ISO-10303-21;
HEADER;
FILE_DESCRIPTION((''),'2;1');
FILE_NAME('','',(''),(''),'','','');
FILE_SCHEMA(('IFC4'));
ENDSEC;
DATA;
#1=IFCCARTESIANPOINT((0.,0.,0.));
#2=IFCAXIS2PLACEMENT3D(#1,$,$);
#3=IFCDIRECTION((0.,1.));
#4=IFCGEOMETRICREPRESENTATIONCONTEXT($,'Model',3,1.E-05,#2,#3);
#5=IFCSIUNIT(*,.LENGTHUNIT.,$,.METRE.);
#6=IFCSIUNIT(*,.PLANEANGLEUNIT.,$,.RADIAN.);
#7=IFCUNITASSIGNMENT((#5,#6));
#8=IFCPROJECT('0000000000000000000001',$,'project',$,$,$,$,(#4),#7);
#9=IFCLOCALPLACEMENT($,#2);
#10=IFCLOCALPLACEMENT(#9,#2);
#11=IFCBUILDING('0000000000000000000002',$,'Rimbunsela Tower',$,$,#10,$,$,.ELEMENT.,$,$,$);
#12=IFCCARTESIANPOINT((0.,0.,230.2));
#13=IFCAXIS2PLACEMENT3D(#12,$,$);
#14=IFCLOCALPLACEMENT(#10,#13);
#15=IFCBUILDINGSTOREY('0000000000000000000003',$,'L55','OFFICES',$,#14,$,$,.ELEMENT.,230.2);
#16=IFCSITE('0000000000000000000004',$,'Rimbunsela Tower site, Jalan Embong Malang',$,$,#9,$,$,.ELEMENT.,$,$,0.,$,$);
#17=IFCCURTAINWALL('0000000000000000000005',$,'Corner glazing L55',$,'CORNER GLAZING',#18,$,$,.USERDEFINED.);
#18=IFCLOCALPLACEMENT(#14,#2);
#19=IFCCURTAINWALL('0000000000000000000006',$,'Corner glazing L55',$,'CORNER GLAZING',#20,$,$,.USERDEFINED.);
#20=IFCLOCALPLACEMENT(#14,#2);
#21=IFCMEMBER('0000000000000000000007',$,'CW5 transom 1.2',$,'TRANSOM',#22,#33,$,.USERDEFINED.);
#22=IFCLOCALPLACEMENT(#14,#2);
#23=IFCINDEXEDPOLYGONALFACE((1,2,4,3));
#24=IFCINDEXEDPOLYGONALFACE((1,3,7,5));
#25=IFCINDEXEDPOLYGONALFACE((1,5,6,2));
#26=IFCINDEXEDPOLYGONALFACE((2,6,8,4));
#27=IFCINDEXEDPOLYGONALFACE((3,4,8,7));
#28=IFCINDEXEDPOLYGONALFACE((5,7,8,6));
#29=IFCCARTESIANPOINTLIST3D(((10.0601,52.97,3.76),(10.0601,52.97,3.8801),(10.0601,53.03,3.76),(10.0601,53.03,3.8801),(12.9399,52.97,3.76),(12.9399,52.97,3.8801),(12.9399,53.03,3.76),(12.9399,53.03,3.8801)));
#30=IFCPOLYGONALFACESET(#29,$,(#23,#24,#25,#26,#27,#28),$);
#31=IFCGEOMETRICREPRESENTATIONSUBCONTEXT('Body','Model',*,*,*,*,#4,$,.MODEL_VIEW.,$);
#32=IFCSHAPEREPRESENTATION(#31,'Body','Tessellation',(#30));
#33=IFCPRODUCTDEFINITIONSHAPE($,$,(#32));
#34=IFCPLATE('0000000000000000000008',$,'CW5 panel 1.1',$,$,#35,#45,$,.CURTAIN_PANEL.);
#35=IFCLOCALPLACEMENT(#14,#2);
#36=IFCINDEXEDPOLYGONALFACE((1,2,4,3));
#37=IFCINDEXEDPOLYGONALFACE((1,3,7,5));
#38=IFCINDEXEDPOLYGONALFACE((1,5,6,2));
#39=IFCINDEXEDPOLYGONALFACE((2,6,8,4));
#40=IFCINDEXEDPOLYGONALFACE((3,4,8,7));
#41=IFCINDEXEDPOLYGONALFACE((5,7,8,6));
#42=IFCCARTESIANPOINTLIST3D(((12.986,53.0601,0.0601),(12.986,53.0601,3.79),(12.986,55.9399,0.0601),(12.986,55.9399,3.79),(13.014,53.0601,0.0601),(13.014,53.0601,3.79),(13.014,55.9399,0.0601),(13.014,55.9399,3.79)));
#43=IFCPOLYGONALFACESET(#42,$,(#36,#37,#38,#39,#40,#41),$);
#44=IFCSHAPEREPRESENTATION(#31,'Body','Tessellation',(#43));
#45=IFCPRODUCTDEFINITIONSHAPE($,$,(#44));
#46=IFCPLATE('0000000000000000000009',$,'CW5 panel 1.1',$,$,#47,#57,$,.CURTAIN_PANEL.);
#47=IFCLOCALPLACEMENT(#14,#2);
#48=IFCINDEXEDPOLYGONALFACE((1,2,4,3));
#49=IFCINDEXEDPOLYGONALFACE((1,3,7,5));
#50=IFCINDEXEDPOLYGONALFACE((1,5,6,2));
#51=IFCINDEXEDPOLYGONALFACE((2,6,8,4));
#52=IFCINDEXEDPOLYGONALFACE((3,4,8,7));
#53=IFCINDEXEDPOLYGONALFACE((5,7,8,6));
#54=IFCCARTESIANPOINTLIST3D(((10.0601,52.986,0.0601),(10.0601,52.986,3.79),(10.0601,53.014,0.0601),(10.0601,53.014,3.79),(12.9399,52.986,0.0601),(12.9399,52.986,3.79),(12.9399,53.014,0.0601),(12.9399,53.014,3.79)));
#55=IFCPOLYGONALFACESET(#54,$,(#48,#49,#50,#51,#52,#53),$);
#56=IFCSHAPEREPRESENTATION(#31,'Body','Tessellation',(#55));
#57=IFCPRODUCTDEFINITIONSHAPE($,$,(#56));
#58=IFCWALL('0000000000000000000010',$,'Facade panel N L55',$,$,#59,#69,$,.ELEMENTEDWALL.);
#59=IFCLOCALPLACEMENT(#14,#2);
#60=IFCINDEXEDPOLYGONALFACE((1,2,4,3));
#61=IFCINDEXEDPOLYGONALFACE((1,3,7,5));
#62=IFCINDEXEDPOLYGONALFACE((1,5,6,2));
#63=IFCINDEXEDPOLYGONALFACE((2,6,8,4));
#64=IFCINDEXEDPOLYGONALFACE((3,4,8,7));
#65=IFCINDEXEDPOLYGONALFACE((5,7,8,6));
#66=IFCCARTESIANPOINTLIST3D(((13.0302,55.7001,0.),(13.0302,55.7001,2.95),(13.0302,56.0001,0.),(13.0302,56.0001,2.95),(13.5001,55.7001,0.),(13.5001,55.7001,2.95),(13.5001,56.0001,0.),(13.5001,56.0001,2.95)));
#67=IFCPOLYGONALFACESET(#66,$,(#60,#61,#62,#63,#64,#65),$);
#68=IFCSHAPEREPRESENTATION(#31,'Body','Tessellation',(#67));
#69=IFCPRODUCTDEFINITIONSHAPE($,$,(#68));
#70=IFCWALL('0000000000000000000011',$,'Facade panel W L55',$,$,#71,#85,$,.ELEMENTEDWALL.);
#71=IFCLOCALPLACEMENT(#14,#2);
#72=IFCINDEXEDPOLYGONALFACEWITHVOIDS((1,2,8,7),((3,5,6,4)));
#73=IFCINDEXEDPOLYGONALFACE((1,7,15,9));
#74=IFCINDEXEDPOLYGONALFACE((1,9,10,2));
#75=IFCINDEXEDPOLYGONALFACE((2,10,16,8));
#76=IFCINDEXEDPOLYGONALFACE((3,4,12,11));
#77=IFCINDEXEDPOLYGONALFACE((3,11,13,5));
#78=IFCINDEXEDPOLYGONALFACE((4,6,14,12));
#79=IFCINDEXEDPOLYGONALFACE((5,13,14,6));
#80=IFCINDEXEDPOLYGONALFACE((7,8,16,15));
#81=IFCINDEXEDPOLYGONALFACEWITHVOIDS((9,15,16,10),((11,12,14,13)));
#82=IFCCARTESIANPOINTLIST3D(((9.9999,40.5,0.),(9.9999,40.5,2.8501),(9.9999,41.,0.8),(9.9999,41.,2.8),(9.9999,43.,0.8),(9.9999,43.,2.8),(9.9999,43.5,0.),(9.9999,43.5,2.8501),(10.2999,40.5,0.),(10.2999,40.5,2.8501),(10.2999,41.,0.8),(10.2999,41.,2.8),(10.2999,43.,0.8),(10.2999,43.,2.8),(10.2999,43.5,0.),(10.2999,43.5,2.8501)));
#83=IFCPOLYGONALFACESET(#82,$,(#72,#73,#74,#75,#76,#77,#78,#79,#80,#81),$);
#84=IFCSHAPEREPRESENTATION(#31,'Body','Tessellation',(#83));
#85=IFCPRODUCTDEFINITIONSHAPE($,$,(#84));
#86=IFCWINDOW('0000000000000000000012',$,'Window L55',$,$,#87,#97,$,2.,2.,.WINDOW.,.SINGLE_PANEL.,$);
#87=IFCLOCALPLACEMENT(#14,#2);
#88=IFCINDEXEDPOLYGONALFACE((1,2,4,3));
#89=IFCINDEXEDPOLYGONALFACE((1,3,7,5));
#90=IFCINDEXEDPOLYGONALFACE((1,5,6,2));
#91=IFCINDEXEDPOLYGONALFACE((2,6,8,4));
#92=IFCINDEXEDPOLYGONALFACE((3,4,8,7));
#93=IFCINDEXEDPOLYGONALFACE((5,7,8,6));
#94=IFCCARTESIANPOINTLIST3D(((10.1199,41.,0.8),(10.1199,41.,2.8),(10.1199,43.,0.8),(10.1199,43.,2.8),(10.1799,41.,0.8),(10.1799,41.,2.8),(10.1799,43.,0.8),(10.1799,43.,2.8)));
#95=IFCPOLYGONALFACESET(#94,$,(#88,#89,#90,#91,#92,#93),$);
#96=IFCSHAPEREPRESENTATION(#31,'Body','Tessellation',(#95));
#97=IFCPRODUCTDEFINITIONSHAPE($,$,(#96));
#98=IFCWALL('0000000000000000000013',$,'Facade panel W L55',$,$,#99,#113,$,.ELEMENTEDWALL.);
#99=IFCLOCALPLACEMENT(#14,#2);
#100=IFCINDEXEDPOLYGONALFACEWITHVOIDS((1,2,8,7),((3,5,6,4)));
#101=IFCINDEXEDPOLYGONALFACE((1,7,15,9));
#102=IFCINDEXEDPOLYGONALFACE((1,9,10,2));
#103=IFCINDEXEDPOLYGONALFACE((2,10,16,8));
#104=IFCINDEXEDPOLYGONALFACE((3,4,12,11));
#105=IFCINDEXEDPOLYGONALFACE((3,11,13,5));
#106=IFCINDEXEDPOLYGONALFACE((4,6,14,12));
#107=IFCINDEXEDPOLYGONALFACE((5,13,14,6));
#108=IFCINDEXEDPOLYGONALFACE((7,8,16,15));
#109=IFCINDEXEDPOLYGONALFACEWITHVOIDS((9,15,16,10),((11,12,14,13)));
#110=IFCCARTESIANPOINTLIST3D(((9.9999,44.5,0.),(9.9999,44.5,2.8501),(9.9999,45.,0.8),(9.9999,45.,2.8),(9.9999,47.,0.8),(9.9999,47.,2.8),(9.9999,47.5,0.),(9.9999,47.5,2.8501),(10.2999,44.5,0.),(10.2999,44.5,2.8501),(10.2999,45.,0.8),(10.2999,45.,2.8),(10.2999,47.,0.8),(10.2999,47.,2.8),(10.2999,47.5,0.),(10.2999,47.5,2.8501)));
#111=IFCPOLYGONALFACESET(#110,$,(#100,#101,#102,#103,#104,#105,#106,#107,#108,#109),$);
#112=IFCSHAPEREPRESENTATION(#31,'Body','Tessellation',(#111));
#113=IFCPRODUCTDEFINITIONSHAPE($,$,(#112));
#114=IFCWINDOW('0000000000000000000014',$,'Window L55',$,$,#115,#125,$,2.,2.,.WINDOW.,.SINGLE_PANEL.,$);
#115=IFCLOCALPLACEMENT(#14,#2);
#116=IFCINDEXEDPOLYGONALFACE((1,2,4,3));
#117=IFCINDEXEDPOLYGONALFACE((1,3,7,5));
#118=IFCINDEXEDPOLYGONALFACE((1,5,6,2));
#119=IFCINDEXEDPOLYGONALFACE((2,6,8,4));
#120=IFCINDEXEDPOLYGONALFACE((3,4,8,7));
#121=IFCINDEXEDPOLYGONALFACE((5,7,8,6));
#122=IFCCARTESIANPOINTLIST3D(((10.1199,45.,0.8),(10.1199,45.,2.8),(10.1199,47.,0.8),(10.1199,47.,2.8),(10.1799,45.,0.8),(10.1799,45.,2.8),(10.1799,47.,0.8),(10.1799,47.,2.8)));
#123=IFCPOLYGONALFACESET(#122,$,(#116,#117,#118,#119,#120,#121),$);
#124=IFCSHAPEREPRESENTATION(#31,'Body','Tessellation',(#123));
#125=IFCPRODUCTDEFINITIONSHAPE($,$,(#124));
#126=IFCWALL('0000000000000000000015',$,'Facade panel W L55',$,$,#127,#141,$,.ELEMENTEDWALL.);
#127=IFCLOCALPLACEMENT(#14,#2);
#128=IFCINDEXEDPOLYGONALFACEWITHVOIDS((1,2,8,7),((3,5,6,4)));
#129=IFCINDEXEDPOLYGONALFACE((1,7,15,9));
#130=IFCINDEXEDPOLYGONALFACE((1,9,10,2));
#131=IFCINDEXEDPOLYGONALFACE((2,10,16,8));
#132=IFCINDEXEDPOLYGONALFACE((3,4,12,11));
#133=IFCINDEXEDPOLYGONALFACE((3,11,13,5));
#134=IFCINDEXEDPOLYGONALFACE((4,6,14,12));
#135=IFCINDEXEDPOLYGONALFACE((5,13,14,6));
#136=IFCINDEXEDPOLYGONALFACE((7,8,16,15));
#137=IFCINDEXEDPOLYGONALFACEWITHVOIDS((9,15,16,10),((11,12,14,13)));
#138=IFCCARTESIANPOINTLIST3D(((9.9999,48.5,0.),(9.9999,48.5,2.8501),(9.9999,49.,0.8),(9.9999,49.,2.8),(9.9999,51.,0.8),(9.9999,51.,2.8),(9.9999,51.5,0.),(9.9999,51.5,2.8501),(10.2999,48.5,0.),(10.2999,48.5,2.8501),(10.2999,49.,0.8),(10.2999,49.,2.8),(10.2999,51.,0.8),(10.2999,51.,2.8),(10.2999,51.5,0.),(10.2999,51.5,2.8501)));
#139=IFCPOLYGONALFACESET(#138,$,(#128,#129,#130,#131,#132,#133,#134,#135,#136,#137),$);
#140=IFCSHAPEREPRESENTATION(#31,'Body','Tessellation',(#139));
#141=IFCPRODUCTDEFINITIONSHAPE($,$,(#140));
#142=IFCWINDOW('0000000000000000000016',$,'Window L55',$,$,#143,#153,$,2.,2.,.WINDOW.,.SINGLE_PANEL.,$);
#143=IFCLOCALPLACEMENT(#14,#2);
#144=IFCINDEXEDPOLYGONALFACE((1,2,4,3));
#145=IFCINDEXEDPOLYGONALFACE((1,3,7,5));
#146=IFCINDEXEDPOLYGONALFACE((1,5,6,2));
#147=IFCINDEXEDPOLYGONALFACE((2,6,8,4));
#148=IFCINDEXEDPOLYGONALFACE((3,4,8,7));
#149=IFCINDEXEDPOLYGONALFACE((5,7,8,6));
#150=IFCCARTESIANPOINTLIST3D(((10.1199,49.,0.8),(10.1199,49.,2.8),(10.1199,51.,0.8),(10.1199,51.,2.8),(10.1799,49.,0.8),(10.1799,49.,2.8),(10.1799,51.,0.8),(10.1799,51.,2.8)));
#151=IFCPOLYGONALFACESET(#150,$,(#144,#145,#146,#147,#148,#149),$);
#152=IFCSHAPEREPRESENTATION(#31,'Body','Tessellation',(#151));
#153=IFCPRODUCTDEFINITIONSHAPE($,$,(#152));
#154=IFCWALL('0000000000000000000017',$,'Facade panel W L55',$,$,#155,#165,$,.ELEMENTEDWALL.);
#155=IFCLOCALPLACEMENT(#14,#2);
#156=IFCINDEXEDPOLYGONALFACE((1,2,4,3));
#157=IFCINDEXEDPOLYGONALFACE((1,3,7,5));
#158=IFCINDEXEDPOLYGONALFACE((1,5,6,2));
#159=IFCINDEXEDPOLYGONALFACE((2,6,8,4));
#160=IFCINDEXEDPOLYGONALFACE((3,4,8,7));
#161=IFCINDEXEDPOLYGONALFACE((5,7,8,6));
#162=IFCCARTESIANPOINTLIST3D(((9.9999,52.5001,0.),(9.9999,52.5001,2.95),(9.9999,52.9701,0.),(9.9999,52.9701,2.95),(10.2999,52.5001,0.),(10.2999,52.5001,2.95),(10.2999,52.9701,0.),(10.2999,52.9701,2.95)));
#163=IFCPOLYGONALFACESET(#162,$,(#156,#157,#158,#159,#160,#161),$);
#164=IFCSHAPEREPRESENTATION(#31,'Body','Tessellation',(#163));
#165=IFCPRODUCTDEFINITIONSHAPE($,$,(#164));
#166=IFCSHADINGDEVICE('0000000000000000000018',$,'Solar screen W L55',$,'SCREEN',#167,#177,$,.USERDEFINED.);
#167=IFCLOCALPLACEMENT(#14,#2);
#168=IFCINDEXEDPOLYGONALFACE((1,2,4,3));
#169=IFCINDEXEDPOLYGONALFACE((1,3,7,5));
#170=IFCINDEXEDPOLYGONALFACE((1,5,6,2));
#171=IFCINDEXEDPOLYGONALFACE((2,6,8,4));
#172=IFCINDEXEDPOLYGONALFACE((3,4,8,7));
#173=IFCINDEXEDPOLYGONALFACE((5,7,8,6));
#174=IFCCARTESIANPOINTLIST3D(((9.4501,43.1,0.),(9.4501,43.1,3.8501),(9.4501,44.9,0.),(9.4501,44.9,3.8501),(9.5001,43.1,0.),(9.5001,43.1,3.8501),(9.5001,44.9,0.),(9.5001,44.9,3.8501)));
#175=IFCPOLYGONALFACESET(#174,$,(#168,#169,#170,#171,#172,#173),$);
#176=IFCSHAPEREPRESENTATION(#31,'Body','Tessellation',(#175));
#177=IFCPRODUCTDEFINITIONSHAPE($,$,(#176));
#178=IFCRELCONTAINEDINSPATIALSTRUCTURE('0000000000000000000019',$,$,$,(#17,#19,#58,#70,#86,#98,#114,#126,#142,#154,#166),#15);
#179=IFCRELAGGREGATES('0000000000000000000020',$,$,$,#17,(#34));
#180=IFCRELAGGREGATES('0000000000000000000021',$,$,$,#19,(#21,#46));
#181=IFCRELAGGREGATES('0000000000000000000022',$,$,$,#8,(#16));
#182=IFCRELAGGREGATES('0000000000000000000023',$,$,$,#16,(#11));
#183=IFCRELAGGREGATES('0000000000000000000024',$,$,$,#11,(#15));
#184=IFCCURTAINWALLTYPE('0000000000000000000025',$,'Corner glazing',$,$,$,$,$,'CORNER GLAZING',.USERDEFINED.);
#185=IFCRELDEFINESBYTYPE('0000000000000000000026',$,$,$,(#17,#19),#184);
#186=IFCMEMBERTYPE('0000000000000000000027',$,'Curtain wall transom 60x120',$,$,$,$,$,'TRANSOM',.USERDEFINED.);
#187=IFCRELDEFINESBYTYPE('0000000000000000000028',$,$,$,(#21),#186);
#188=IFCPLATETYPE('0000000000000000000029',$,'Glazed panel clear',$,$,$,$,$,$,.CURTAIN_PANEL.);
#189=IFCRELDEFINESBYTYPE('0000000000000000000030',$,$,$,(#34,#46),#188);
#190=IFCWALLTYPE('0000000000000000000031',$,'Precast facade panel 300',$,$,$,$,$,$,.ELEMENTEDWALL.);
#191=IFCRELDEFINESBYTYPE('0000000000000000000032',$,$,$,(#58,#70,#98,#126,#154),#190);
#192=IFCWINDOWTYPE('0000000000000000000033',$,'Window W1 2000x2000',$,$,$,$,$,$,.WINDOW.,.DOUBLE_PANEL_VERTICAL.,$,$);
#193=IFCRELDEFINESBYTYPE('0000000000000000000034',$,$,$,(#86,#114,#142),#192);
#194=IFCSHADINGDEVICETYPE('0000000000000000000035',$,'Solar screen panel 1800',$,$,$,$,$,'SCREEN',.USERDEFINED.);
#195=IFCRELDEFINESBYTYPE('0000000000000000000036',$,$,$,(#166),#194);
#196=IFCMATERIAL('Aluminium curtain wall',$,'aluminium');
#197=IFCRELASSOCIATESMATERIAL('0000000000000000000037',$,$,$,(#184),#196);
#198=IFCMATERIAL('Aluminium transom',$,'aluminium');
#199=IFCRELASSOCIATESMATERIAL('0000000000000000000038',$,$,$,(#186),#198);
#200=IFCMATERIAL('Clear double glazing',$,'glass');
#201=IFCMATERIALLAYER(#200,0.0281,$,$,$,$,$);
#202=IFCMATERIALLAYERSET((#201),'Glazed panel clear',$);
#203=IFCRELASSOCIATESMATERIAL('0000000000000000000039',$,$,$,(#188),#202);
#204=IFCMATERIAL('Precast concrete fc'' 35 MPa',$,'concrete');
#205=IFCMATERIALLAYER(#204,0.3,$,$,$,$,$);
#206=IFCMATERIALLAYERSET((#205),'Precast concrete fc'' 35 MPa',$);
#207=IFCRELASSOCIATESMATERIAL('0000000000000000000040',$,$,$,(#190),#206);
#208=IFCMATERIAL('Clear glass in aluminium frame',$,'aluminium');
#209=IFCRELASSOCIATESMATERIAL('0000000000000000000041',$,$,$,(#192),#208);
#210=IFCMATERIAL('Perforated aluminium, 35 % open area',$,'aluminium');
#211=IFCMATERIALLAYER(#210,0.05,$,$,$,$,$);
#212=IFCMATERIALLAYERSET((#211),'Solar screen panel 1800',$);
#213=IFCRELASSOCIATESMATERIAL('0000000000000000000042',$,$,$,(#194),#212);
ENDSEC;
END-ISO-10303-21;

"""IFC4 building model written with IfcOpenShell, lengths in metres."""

from ifc_helpers import new_model, si_unit, direction, frame, frame_2d, origin, origin_2d, place, context, subcontext, project, spatial, rectangle, extrude, material, layer, layer_set, material_profile, profile_set, type_object, element, fill, aggregate, save


model = new_model("IFC4")

# Units and contexts
model_context = context("Model", 3, precision=1e-05, world=origin(), true_north=direction((0.0, 1.0)))
body_context = subcontext(model_context, "Body", "Model", "MODEL_VIEW")
ifc_project = project(units=[si_unit("LENGTHUNIT", "METRE"), si_unit("PLANEANGLEUNIT", "RADIAN")], contexts=[model_context])

# Site, building, storey
site_placement = place(None, origin())
site = spatial("IfcSite", under=ifc_project, at=site_placement, Name="Rimbunsela Tower site, Jalan Embong Malang", CompositionType="ELEMENT", RefElevation=0.0)
building_placement = place(site_placement, origin())
building = spatial("IfcBuilding", under=site, at=building_placement, Name="Rimbunsela Tower", CompositionType="ELEMENT")
storey_placement = place(building_placement, frame((0.0, 0.0, 230.2)))
storey = spatial("IfcBuildingStorey", under=building, at=storey_placement, Name="L55", Description="OFFICES", CompositionType="ELEMENT", Elevation=230.2)

# Curtain walls
ifc_material_1 = material(Name="Aluminium curtain wall", Category="aluminium")
curtain_wall_type = type_object("IfcCurtainWallType", Name="Corner glazing", ElementType="CORNER GLAZING", PredefinedType="USERDEFINED", material=ifc_material_1)
curtain_wall_1_placement = place(storey_placement, origin())
curtain_wall_1 = element("IfcCurtainWall", 1, at=curtain_wall_1_placement, inside=storey, type_object=curtain_wall_type, Name="Corner glazing L55", ObjectType="CORNER GLAZING", PredefinedType="USERDEFINED")
curtain_wall_2_placement = place(storey_placement, origin())
curtain_wall_2 = element("IfcCurtainWall", 2, at=curtain_wall_2_placement, inside=storey, type_object=curtain_wall_type, Name="Corner glazing L55", ObjectType="CORNER GLAZING", PredefinedType="USERDEFINED")

# Member
ifc_material_2 = material(Name="Aluminium transom", Category="aluminium")
ifc_material_profile_1 = material_profile(ifc_material_2, rectangle(XDim=0.0601, YDim=0.1201, at=origin_2d()), Name="Transom 60x120")
ifc_profile_set_1 = profile_set([ifc_material_profile_1], Name="Aluminium transom")
member_type_1 = type_object("IfcMemberType", Name="Curtain wall transom 60x120", ElementType="TRANSOM", PredefinedType="USERDEFINED", material=ifc_profile_set_1)
member_1_placement = place(storey_placement, frame((12.9399, 53.0, 3.8201), z_axis=(-1.0, 0.0, 0.0), x_axis=(0.0, -1.0, 0.0)))
member_1 = element("IfcMember", 3, at=member_1_placement, type_object=member_type_1, Name="CW5 transom 1.2", ObjectType="TRANSOM", PredefinedType="USERDEFINED", context=body_context, shape_type="SweptSolid", body=[
    extrude(rectangle(XDim=0.0601, YDim=0.1201, at=origin_2d()), origin(), (0.0, 0.0, 1.0), 2.8799),
])

# Plates
ifc_material_3 = material(Name="Clear double glazing", Category="glass")
ifc_layer_1 = layer(ifc_material_3, 0.0281)
ifc_layer_set_1 = layer_set([ifc_layer_1], Name="Glazed panel clear")
plate_type = type_object("IfcPlateType", Name="Glazed panel clear", PredefinedType="CURTAIN_PANEL", material=ifc_layer_set_1)
plate_1_placement = place(storey_placement, frame((13.0, 54.5, 0.0601), z_axis=(0.0, 0.0, 1.0), x_axis=(0.0, -1.0, 0.0)))
plate_1 = element("IfcPlate", 4, at=plate_1_placement, type_object=plate_type, Name="CW5 panel 1.1", PredefinedType="CURTAIN_PANEL", context=body_context, shape_type="SweptSolid", body=[
    extrude(rectangle(XDim=2.8799, YDim=0.0281, at=origin_2d()), origin(), (0.0, 0.0, 1.0), 3.73),
])
aggregate(curtain_wall_1, [plate_1])
plate_2_placement = place(storey_placement, frame((11.5, 53.0, 0.0601), z_axis=(0.0, 0.0, 1.0), x_axis=(-1.0, 0.0, 0.0)))
plate_2 = element("IfcPlate", 5, at=plate_2_placement, type_object=plate_type, Name="CW5 panel 1.1", PredefinedType="CURTAIN_PANEL", context=body_context, shape_type="SweptSolid", body=[
    extrude(rectangle(XDim=2.8799, YDim=0.0281, at=origin_2d()), origin(), (0.0, 0.0, 1.0), 3.73),
])
aggregate(curtain_wall_2, [member_1, plate_2])

# Wall
ifc_material_4 = material(Name="Precast concrete fc' 35 MPa", Category="concrete")
ifc_layer_2 = layer(ifc_material_4, 0.3)
ifc_layer_set_2 = layer_set([ifc_layer_2], Name="Precast concrete fc' 35 MPa")
wall_type = type_object("IfcWallType", Name="Precast facade panel 300", PredefinedType="ELEMENTEDWALL", material=ifc_layer_set_2)
wall_1_placement = place(storey_placement, frame((13.5, 55.8501, 0.0), z_axis=(0.0, 0.0, 1.0), x_axis=(-1.0, 0.0, 0.0)))
element("IfcWall", 6, at=wall_1_placement, inside=storey, type_object=wall_type, Name="Facade panel N L55", PredefinedType="ELEMENTEDWALL", context=body_context, shape_type="SweptSolid", body=[
    extrude(rectangle(XDim=0.47, YDim=0.3, at=frame_2d((0.2349, 0.0))), origin(), (0.0, 0.0, 1.0), 2.95),
])

# Walls, openings, windows
wall_2_placement = place(storey_placement, frame((10.1499, 43.5, 0.0), z_axis=(0.0, 0.0, 1.0), x_axis=(0.0, -1.0, 0.0)))
wall_2 = element("IfcWall", 7, at=wall_2_placement, inside=storey, type_object=wall_type, Name="Facade panel W L55", PredefinedType="ELEMENTEDWALL", context=body_context, shape_type="SweptSolid", body=[
    extrude(rectangle(XDim=3.0, YDim=0.3, at=frame_2d((1.5, 0.0))), origin(), (0.0, 0.0, 1.0), 2.8501),
])
opening_1_placement = place(wall_2_placement, frame((0.5, 0.0, 0.8)))
opening_1 = element("IfcOpeningElement", 8, at=opening_1_placement, cuts=wall_2, PredefinedType="OPENING", context=body_context, shape_type="SweptSolid", body=[
    extrude(rectangle(XDim=2.0, YDim=2.0, at=frame_2d((1.0, 1.0))), frame((0.0, 0.1599, 0.0), z_axis=(0.0, -1.0, 0.0), x_axis=(1.0, 0.0, 0.0)), (0.0, 0.0, 1.0), 0.3201),
])
ifc_material_5 = material(Name="Clear glass in aluminium frame", Category="aluminium")
window_type = type_object("IfcWindowType", Name="Window W1 2000x2000", PartitioningType="DOUBLE_PANEL_VERTICAL", PredefinedType="WINDOW", material=ifc_material_5)
window_1_placement = place(opening_1_placement, origin())
window_1 = element("IfcWindow", 9, at=window_1_placement, inside=storey, type_object=window_type, Name="Window L55", OverallHeight=2.0, OverallWidth=2.0, PartitioningType="SINGLE_PANEL", PredefinedType="WINDOW", context=body_context, shape_type="SweptSolid", body=[
    extrude(rectangle(XDim=2.0, YDim=2.0, at=frame_2d((1.0, 1.0))), frame((0.0, 0.03, 0.0), z_axis=(0.0, -1.0, 0.0), x_axis=(1.0, 0.0, 0.0)), (0.0, 0.0, 1.0), 0.0601),
])
fill(opening_1, window_1)
wall_3_placement = place(storey_placement, frame((10.1499, 47.5, 0.0), z_axis=(0.0, 0.0, 1.0), x_axis=(0.0, -1.0, 0.0)))
wall_3 = element("IfcWall", 10, at=wall_3_placement, inside=storey, type_object=wall_type, Name="Facade panel W L55", PredefinedType="ELEMENTEDWALL", context=body_context, shape_type="SweptSolid", body=[
    extrude(rectangle(XDim=3.0, YDim=0.3, at=frame_2d((1.5, 0.0))), origin(), (0.0, 0.0, 1.0), 2.8501),
])
opening_2_placement = place(wall_3_placement, frame((0.5, 0.0, 0.8)))
opening_2 = element("IfcOpeningElement", 11, at=opening_2_placement, cuts=wall_3, PredefinedType="OPENING", context=body_context, shape_type="SweptSolid", body=[
    extrude(rectangle(XDim=2.0, YDim=2.0, at=frame_2d((1.0, 1.0))), frame((0.0, 0.1599, 0.0), z_axis=(0.0, -1.0, 0.0), x_axis=(1.0, 0.0, 0.0)), (0.0, 0.0, 1.0), 0.3201),
])
window_2_placement = place(opening_2_placement, origin())
window_2 = element("IfcWindow", 12, at=window_2_placement, inside=storey, type_object=window_type, Name="Window L55", OverallHeight=2.0, OverallWidth=2.0, PartitioningType="SINGLE_PANEL", PredefinedType="WINDOW", context=body_context, shape_type="SweptSolid", body=[
    extrude(rectangle(XDim=2.0, YDim=2.0, at=frame_2d((1.0, 1.0))), frame((0.0, 0.03, 0.0), z_axis=(0.0, -1.0, 0.0), x_axis=(1.0, 0.0, 0.0)), (0.0, 0.0, 1.0), 0.0601),
])
fill(opening_2, window_2)
wall_4_placement = place(storey_placement, frame((10.1499, 51.5, 0.0), z_axis=(0.0, 0.0, 1.0), x_axis=(0.0, -1.0, 0.0)))
wall_4 = element("IfcWall", 13, at=wall_4_placement, inside=storey, type_object=wall_type, Name="Facade panel W L55", PredefinedType="ELEMENTEDWALL", context=body_context, shape_type="SweptSolid", body=[
    extrude(rectangle(XDim=3.0, YDim=0.3, at=frame_2d((1.5, 0.0))), origin(), (0.0, 0.0, 1.0), 2.8501),
])
opening_3_placement = place(wall_4_placement, frame((0.5, 0.0, 0.8)))
opening_3 = element("IfcOpeningElement", 14, at=opening_3_placement, cuts=wall_4, PredefinedType="OPENING", context=body_context, shape_type="SweptSolid", body=[
    extrude(rectangle(XDim=2.0, YDim=2.0, at=frame_2d((1.0, 1.0))), frame((0.0, 0.1599, 0.0), z_axis=(0.0, -1.0, 0.0), x_axis=(1.0, 0.0, 0.0)), (0.0, 0.0, 1.0), 0.3201),
])
window_3_placement = place(opening_3_placement, origin())
window_3 = element("IfcWindow", 15, at=window_3_placement, inside=storey, type_object=window_type, Name="Window L55", OverallHeight=2.0, OverallWidth=2.0, PartitioningType="SINGLE_PANEL", PredefinedType="WINDOW", context=body_context, shape_type="SweptSolid", body=[
    extrude(rectangle(XDim=2.0, YDim=2.0, at=frame_2d((1.0, 1.0))), frame((0.0, 0.03, 0.0), z_axis=(0.0, -1.0, 0.0), x_axis=(1.0, 0.0, 0.0)), (0.0, 0.0, 1.0), 0.0601),
])
fill(opening_3, window_3)

# Wall
wall_5_placement = place(storey_placement, frame((10.1499, 52.97, 0.0), z_axis=(0.0, 0.0, 1.0), x_axis=(0.0, -1.0, 0.0)))
element("IfcWall", 16, at=wall_5_placement, inside=storey, type_object=wall_type, Name="Facade panel W L55", PredefinedType="ELEMENTEDWALL", context=body_context, shape_type="SweptSolid", body=[
    extrude(rectangle(XDim=0.47, YDim=0.3, at=frame_2d((0.2349, 0.0))), origin(), (0.0, 0.0, 1.0), 2.95),
])

# Shading device
ifc_material_6 = material(Name="Perforated aluminium, 35 % open area", Category="aluminium")
ifc_layer_3 = layer(ifc_material_6, 0.05)
ifc_layer_set_3 = layer_set([ifc_layer_3], Name="Solar screen panel 1800")
shading_device_type = type_object("IfcShadingDeviceType", Name="Solar screen panel 1800", ElementType="SCREEN", PredefinedType="USERDEFINED", material=ifc_layer_set_3)
for number, where, z_axis, x_axis, name in (
    (17, (9.4751, 44.0, 0.0), (0.0, 0.0, 1.0), (0.0, 1.0, 0.0), "Solar screen W L55"),
):
    element("IfcShadingDevice", number, at=place(storey_placement, frame(where, z_axis=z_axis, x_axis=x_axis)), inside=storey, type_object=shading_device_type, Name=name, ObjectType="SCREEN", PredefinedType="USERDEFINED", context=body_context, shape_type="SweptSolid", body=[
        extrude(rectangle(XDim=1.8, YDim=0.05, at=origin_2d()), origin(), (0.0, 0.0, 1.0), 3.8501),
    ])

save(model, "model.ifc")
